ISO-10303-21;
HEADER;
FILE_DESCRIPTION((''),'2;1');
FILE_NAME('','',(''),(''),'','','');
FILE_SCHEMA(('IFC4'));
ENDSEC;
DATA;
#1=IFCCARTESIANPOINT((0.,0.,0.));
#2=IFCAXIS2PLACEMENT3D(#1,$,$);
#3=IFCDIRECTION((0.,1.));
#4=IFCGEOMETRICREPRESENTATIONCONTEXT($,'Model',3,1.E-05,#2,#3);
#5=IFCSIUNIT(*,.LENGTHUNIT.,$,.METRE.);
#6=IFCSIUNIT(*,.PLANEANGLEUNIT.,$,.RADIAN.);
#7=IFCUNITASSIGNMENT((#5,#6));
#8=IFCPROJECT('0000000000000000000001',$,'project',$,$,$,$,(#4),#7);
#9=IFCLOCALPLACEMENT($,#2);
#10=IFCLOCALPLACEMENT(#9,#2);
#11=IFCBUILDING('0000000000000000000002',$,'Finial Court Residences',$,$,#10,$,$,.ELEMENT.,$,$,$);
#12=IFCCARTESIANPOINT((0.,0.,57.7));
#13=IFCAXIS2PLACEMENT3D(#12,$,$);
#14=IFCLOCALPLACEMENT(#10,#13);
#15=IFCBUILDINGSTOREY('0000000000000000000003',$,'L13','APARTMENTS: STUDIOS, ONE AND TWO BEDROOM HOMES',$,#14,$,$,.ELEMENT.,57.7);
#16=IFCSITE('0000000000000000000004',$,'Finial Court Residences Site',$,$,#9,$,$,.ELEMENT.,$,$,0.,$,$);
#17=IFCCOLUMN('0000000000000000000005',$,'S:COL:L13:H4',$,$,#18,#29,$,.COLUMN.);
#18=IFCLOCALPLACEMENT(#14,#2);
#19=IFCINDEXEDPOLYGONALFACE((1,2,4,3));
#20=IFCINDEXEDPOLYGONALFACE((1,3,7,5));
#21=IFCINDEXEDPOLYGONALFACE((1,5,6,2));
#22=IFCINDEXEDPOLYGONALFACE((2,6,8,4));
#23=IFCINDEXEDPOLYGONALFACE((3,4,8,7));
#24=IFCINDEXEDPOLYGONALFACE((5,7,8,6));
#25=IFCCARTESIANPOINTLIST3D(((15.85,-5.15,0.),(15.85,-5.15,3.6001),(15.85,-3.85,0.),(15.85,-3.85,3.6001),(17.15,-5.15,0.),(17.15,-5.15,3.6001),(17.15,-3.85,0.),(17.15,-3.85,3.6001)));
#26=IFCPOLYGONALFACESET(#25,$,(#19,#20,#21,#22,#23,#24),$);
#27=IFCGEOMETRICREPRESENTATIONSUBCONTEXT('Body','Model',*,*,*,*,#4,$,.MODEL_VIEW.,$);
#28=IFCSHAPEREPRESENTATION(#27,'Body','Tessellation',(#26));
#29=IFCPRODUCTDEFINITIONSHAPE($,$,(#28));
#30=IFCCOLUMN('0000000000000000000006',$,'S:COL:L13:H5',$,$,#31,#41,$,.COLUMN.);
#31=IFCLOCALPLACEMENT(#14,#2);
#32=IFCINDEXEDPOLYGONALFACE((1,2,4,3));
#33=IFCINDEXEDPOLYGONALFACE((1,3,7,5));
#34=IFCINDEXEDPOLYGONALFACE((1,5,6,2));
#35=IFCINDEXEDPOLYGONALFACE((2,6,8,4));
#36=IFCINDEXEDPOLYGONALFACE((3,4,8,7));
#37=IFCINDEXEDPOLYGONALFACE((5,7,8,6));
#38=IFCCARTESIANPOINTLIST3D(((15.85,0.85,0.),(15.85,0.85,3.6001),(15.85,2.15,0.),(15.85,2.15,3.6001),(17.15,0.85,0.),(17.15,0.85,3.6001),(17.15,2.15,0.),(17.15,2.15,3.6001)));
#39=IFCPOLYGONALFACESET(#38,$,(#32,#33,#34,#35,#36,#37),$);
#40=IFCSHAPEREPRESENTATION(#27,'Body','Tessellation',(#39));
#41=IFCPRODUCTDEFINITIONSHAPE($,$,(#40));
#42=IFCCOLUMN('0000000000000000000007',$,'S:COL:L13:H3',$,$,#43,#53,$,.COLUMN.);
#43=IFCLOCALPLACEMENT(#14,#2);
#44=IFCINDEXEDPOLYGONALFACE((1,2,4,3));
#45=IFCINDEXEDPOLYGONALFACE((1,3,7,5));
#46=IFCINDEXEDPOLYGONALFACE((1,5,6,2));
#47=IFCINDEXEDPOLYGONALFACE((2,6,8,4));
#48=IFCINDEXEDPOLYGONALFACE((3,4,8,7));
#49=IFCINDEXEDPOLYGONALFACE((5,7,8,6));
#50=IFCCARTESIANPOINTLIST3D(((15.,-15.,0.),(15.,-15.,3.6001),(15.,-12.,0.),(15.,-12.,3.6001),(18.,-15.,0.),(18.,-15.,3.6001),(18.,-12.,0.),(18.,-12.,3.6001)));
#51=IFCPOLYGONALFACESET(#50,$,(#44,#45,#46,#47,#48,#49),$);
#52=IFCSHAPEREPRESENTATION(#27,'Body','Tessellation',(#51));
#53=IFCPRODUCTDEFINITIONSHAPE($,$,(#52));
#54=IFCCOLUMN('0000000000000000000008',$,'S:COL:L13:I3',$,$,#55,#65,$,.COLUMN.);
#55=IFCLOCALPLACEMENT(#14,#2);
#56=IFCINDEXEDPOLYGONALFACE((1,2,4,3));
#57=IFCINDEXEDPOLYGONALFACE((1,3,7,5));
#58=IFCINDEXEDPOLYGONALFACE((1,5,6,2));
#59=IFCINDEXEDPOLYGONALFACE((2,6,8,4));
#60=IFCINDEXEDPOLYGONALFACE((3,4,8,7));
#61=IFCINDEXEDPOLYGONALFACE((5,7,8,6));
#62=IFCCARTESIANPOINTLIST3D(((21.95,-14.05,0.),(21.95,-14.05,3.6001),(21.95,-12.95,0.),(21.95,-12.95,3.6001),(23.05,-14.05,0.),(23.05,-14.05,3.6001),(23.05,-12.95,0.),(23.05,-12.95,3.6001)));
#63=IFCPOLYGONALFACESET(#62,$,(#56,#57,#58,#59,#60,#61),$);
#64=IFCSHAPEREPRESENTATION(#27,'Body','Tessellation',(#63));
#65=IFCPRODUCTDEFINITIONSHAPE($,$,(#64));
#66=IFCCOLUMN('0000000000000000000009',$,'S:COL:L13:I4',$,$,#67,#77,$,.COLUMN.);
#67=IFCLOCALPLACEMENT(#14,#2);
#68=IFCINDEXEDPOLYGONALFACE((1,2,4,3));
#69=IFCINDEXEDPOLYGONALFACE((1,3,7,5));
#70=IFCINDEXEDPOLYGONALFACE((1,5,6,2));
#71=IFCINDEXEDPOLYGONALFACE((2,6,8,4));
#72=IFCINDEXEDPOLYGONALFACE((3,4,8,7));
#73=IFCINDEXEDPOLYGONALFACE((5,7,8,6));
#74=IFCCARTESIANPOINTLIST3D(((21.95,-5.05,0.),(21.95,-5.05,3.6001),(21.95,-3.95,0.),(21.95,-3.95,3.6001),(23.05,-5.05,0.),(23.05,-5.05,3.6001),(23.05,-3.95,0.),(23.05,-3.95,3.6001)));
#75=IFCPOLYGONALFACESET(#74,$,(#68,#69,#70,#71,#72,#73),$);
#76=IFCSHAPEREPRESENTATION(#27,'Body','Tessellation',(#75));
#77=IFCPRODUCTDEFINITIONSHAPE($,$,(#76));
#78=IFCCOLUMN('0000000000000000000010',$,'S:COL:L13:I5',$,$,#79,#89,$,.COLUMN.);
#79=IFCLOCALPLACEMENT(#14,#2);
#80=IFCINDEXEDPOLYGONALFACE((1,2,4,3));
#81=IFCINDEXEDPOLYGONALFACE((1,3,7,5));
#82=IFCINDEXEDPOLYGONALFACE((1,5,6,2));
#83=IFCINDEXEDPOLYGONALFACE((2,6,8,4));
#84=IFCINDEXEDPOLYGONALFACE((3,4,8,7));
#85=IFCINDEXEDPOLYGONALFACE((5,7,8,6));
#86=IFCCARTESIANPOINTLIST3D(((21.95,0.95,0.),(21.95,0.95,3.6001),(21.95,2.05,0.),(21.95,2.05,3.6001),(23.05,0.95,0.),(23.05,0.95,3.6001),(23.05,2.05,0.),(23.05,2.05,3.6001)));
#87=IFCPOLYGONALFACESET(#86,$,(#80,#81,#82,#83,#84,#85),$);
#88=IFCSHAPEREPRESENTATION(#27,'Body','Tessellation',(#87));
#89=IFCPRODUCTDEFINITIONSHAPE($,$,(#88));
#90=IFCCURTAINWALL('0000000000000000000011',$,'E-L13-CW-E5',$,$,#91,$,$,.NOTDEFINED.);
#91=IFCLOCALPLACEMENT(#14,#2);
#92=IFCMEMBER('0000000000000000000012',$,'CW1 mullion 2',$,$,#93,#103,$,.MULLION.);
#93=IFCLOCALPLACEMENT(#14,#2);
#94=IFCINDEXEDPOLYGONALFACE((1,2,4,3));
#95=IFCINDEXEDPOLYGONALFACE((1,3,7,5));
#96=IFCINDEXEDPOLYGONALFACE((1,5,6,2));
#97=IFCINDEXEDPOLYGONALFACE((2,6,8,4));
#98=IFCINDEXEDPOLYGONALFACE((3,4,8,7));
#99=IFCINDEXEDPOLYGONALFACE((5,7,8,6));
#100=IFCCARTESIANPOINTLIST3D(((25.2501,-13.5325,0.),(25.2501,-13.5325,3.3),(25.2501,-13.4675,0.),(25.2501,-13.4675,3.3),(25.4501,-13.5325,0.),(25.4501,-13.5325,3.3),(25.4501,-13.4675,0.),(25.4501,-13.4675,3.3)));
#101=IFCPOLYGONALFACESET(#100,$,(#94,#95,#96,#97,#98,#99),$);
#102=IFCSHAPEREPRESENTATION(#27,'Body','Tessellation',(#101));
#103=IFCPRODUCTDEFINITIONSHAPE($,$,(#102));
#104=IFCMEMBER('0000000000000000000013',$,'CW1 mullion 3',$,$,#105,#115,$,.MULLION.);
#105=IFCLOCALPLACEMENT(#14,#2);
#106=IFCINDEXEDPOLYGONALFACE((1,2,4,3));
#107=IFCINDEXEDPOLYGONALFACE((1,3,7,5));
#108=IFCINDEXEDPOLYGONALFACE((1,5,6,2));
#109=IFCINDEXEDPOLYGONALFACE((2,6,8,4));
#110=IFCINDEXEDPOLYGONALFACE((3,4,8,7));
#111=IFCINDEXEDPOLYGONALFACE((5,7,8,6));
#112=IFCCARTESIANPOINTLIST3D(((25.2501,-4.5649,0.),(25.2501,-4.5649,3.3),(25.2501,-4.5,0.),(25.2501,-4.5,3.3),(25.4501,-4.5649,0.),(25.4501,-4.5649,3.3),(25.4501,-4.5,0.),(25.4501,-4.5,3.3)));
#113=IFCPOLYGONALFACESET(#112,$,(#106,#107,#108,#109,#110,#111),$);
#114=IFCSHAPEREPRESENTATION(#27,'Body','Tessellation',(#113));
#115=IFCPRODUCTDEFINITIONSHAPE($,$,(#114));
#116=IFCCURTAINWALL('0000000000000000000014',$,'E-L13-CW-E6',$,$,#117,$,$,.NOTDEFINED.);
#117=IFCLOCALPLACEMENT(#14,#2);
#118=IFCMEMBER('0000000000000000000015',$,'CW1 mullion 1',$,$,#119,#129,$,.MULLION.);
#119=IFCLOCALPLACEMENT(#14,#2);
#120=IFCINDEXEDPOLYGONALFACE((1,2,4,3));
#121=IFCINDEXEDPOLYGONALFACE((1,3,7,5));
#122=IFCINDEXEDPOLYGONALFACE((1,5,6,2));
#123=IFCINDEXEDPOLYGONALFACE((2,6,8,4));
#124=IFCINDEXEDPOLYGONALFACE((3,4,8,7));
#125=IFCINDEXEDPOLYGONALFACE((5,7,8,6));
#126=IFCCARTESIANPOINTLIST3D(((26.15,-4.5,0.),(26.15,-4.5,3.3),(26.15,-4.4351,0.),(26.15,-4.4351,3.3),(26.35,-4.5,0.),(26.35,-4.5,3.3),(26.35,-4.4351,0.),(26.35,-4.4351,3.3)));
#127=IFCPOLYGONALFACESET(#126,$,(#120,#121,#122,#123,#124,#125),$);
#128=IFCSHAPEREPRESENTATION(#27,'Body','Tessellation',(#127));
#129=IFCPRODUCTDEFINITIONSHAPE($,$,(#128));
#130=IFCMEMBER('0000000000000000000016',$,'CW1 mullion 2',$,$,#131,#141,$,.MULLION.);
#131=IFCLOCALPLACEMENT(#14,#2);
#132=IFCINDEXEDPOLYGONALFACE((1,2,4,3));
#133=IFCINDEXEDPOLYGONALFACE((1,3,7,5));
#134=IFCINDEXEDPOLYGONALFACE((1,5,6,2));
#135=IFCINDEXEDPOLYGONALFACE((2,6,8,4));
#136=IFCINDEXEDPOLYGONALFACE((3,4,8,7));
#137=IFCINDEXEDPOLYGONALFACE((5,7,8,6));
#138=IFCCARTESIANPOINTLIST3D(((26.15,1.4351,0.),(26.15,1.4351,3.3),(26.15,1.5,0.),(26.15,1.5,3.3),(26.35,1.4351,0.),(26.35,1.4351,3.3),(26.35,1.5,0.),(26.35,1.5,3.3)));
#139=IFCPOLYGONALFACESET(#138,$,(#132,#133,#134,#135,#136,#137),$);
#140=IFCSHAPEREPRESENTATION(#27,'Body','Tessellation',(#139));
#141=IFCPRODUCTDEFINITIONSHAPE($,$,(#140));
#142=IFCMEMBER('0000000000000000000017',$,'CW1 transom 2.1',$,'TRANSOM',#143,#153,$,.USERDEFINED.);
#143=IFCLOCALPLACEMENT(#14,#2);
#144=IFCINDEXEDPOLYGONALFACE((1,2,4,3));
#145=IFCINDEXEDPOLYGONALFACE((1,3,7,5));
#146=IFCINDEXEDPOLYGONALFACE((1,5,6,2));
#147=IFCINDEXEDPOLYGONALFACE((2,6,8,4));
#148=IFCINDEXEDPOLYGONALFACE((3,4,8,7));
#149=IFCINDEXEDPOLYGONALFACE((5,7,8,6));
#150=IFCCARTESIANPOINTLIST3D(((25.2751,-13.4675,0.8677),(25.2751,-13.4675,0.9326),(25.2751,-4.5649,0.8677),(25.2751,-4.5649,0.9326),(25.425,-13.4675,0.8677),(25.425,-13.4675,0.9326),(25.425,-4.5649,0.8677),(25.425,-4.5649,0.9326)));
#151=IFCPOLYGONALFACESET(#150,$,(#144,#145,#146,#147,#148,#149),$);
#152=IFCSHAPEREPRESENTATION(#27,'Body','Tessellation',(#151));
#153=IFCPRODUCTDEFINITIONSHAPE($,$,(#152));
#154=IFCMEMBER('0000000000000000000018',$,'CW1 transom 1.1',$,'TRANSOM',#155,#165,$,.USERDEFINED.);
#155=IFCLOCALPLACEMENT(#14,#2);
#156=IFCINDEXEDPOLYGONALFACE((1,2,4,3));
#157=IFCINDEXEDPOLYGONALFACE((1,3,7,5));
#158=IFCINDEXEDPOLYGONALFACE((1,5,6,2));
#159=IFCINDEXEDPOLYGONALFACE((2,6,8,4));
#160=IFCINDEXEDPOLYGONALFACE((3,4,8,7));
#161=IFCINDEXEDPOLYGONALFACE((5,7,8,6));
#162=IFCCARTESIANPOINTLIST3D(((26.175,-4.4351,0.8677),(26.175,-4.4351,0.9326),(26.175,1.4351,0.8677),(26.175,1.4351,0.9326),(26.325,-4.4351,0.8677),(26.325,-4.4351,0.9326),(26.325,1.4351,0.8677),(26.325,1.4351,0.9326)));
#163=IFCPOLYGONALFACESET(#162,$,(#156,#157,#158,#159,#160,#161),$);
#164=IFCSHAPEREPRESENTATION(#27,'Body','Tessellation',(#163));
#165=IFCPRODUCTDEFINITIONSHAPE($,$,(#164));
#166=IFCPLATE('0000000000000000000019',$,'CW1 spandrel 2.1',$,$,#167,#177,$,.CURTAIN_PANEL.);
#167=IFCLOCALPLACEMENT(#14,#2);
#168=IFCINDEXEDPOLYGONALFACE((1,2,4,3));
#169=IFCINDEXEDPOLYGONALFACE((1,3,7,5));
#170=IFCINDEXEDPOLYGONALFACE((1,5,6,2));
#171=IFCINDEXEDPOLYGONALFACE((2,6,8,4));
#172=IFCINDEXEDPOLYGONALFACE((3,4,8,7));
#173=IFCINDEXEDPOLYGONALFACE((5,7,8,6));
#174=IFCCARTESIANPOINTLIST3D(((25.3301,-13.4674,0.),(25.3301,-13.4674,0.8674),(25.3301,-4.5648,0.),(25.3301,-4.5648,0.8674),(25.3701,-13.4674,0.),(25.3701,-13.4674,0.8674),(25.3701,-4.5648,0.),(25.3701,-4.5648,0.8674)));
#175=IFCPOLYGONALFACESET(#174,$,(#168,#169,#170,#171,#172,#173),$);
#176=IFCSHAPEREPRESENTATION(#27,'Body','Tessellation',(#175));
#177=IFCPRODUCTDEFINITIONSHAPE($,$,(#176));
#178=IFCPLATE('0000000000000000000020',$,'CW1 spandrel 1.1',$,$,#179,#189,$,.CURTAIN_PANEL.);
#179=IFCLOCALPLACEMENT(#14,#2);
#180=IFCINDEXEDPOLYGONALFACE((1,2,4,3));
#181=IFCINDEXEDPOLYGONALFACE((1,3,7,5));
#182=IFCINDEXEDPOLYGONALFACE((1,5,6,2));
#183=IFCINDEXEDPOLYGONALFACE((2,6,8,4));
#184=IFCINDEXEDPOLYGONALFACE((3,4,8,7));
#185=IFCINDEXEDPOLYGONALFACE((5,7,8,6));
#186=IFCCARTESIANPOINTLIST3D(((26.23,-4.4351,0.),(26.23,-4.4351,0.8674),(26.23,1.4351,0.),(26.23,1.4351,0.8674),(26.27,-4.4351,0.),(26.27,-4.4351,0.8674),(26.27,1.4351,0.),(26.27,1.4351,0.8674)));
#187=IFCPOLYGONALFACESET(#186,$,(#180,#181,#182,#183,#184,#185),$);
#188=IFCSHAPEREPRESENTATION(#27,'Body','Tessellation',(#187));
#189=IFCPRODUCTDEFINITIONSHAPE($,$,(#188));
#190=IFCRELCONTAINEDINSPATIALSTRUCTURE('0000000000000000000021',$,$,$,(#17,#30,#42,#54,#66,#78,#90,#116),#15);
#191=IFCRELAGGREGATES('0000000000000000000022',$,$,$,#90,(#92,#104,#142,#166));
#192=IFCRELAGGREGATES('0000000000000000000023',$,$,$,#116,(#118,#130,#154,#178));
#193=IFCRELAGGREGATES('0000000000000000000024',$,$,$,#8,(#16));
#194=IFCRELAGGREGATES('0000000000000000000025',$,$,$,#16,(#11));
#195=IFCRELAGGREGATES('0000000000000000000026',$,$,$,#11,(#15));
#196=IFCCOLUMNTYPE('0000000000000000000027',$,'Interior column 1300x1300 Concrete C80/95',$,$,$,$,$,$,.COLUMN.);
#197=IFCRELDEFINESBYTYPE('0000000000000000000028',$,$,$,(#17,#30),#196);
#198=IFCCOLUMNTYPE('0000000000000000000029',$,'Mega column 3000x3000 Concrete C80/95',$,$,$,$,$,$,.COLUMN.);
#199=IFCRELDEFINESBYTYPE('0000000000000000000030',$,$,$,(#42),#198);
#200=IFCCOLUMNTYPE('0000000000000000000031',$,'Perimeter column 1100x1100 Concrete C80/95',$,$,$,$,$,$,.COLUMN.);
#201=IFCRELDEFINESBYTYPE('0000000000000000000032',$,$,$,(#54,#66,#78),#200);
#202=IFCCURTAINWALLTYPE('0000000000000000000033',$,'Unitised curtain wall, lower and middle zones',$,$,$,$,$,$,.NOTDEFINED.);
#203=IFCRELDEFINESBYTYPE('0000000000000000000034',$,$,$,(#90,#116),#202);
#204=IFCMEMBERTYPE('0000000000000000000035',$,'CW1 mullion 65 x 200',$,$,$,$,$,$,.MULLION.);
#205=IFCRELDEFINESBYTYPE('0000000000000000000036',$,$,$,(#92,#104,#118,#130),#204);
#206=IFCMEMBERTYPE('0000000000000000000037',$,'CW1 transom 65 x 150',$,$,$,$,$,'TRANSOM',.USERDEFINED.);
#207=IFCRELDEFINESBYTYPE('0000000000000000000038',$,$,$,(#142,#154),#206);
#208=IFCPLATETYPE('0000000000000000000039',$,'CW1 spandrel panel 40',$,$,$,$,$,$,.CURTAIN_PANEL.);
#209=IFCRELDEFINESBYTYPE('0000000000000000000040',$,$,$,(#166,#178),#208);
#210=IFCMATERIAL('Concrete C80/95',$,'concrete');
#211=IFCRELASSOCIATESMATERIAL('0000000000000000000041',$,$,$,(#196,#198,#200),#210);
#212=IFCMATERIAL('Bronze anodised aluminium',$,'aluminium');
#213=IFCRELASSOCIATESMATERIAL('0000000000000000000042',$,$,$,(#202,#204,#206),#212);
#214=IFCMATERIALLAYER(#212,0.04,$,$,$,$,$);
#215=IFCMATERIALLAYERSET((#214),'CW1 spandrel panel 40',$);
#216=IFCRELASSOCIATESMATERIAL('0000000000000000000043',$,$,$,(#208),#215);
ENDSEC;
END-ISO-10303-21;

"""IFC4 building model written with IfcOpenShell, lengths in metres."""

from ifc_helpers import new_model, si_unit, direction, frame, origin, origin_2d, place, context, subcontext, project, spatial, rectangle, extrude, material, layer, layer_set, material_profile, profile_set, type_object, element, aggregate, save


model = new_model("IFC4")

# Units and contexts
model_context = context("Model", 3, precision=1e-05, world=origin(), true_north=direction((0.0, 1.0)))
body_context = subcontext(model_context, "Body", "Model", "MODEL_VIEW")
ifc_project = project(units=[si_unit("LENGTHUNIT", "METRE"), si_unit("PLANEANGLEUNIT", "RADIAN")], contexts=[model_context])

# Site, building, storey
site_placement = place(None, origin())
site = spatial("IfcSite", under=ifc_project, at=site_placement, Name="Finial Court Residences Site", CompositionType="ELEMENT", RefElevation=0.0)
building_placement = place(site_placement, origin())
building = spatial("IfcBuilding", under=site, at=building_placement, Name="Finial Court Residences", CompositionType="ELEMENT")
storey_placement = place(building_placement, frame((0.0, 0.0, 57.7)))
storey = spatial("IfcBuildingStorey", under=building, at=storey_placement, Name="L13", Description="APARTMENTS: STUDIOS, ONE AND TWO BEDROOM HOMES", CompositionType="ELEMENT", Elevation=57.7)

# Columns
ifc_material_1 = material(Name="Concrete C80/95", Category="concrete")
ifc_material_profile_1 = material_profile(ifc_material_1, rectangle(XDim=1.3, YDim=1.3, at=origin_2d()), Name="1300x1300")
ifc_profile_set_1 = profile_set([ifc_material_profile_1], Name="Concrete C80/95")
column_type_1 = type_object("IfcColumnType", Name="Interior column 1300x1300 Concrete C80/95", PredefinedType="COLUMN", material=ifc_profile_set_1)
for number, where, z_axis, x_axis, name in (
    (1, (16.5, -4.5, 0.0), (0.0, 0.0, 1.0), (1.0, 0.0, 0.0), "S:COL:L13:H4"),
    (2, (16.5, 1.5, 0.0), (0.0, 0.0, 1.0), (1.0, 0.0, 0.0), "S:COL:L13:H5"),
):
    element("IfcColumn", number, at=place(storey_placement, frame(where, z_axis=z_axis, x_axis=x_axis)), inside=storey, type_object=column_type_1, Name=name, PredefinedType="COLUMN", context=body_context, shape_type="SweptSolid", body=[
        extrude(rectangle(XDim=1.3, YDim=1.3, at=origin_2d()), origin(), (0.0, 0.0, 1.0), 3.6001),
    ])
ifc_material_profile_2 = material_profile(ifc_material_1, rectangle(XDim=3.0, YDim=3.0, at=origin_2d()), Name="3000x3000")
ifc_profile_set_2 = profile_set([ifc_material_profile_2], Name="Concrete C80/95")
column_type_2 = type_object("IfcColumnType", Name="Mega column 3000x3000 Concrete C80/95", PredefinedType="COLUMN", material=ifc_profile_set_2)
column_placement = place(storey_placement, frame((16.5, -13.5, 0.0), z_axis=(0.0, 0.0, 1.0), x_axis=(1.0, 0.0, 0.0)))
element("IfcColumn", 3, at=column_placement, inside=storey, type_object=column_type_2, Name="S:COL:L13:H3", PredefinedType="COLUMN", context=body_context, shape_type="SweptSolid", body=[
    extrude(rectangle(XDim=3.0, YDim=3.0, at=origin_2d()), origin(), (0.0, 0.0, 1.0), 3.6001),
])
ifc_material_profile_3 = material_profile(ifc_material_1, rectangle(XDim=1.1001, YDim=1.1001, at=origin_2d()), Name="1100x1100")
ifc_profile_set_3 = profile_set([ifc_material_profile_3], Name="Concrete C80/95")
column_type_3 = type_object("IfcColumnType", Name="Perimeter column 1100x1100 Concrete C80/95", PredefinedType="COLUMN", material=ifc_profile_set_3)
for number, where, z_axis, x_axis, name in (
    (4, (22.5, -13.5, 0.0), (0.0, 0.0, 1.0), (1.0, 0.0, 0.0), "S:COL:L13:I3"),
    (5, (22.5, -4.5, 0.0), (0.0, 0.0, 1.0), (1.0, 0.0, 0.0), "S:COL:L13:I4"),
    (6, (22.5, 1.5, 0.0), (0.0, 0.0, 1.0), (1.0, 0.0, 0.0), "S:COL:L13:I5"),
):
    element("IfcColumn", number, at=place(storey_placement, frame(where, z_axis=z_axis, x_axis=x_axis)), inside=storey, type_object=column_type_3, Name=name, PredefinedType="COLUMN", context=body_context, shape_type="SweptSolid", body=[
        extrude(rectangle(XDim=1.1001, YDim=1.1001, at=origin_2d()), origin(), (0.0, 0.0, 1.0), 3.6001),
    ])

# Curtain walls, members
ifc_material_2 = material(Name="Bronze anodised aluminium", Category="aluminium")
curtain_wall_type = type_object("IfcCurtainWallType", Name="Unitised curtain wall, lower and middle zones", PredefinedType="NOTDEFINED", material=ifc_material_2)
curtain_wall_1_placement = place(storey_placement, origin())
curtain_wall_1 = element("IfcCurtainWall", 7, at=curtain_wall_1_placement, inside=storey, type_object=curtain_wall_type, Name="E-L13-CW-E5", PredefinedType="NOTDEFINED")
ifc_material_profile_4 = material_profile(ifc_material_2, rectangle(XDim=0.2, YDim=0.0649, at=origin_2d()), Name="CW1 mullion 65 x 200")
ifc_profile_set_4 = profile_set([ifc_material_profile_4], Name="Bronze anodised aluminium")
member_type_1 = type_object("IfcMemberType", Name="CW1 mullion 65 x 200", PredefinedType="MULLION", material=ifc_profile_set_4)
member_1_placement = place(storey_placement, frame((25.3501, -13.5, 0.0), z_axis=(0.0, 0.0, 1.0), x_axis=(-1.0, 0.0, 0.0)))
member_1 = element("IfcMember", 8, at=member_1_placement, type_object=member_type_1, Name="CW1 mullion 2", PredefinedType="MULLION", context=body_context, shape_type="SweptSolid", body=[
    extrude(rectangle(XDim=0.2, YDim=0.0649, at=origin_2d()), origin(), (0.0, 0.0, 1.0), 3.3),
])
member_2_placement = place(storey_placement, frame((25.3501, -4.5325, 0.0), z_axis=(0.0, 0.0, 1.0), x_axis=(-1.0, 0.0, 0.0)))
member_2 = element("IfcMember", 9, at=member_2_placement, type_object=member_type_1, Name="CW1 mullion 3", PredefinedType="MULLION", context=body_context, shape_type="SweptSolid", body=[
    extrude(rectangle(XDim=0.2, YDim=0.0649, at=origin_2d()), origin(), (0.0, 0.0, 1.0), 3.3),
])
curtain_wall_2_placement = place(storey_placement, origin())
curtain_wall_2 = element("IfcCurtainWall", 10, at=curtain_wall_2_placement, inside=storey, type_object=curtain_wall_type, Name="E-L13-CW-E6", PredefinedType="NOTDEFINED")
member_3_placement = place(storey_placement, frame((26.25, -4.4675, 0.0), z_axis=(0.0, 0.0, 1.0), x_axis=(-1.0, 0.0, 0.0)))
member_3 = element("IfcMember", 11, at=member_3_placement, type_object=member_type_1, Name="CW1 mullion 1", PredefinedType="MULLION", context=body_context, shape_type="SweptSolid", body=[
    extrude(rectangle(XDim=0.2, YDim=0.0649, at=origin_2d()), origin(), (0.0, 0.0, 1.0), 3.3),
])
member_4_placement = place(storey_placement, frame((26.25, 1.4675, 0.0), z_axis=(0.0, 0.0, 1.0), x_axis=(-1.0, 0.0, 0.0)))
member_4 = element("IfcMember", 12, at=member_4_placement, type_object=member_type_1, Name="CW1 mullion 2", PredefinedType="MULLION", context=body_context, shape_type="SweptSolid", body=[
    extrude(rectangle(XDim=0.2, YDim=0.0649, at=origin_2d()), origin(), (0.0, 0.0, 1.0), 3.3),
])

# Members
ifc_material_profile_5 = material_profile(ifc_material_2, rectangle(XDim=0.1499, YDim=0.0649, at=origin_2d()), Name="CW1 transom 65 x 150")
ifc_profile_set_5 = profile_set([ifc_material_profile_5], Name="Bronze anodised aluminium")
member_type_2 = type_object("IfcMemberType", Name="CW1 transom 65 x 150", ElementType="TRANSOM", PredefinedType="USERDEFINED", material=ifc_profile_set_5)
member_5_placement = place(storey_placement, frame((25.3501, -13.4675, 0.9001), z_axis=(0.0, 1.0, 0.0), x_axis=(-1.0, 0.0, 0.0)))
member_5 = element("IfcMember", 13, at=member_5_placement, type_object=member_type_2, Name="CW1 transom 2.1", ObjectType="TRANSOM", PredefinedType="USERDEFINED", context=body_context, shape_type="SweptSolid", body=[
    extrude(rectangle(XDim=0.1499, YDim=0.0649, at=origin_2d()), origin(), (0.0, 0.0, 1.0), 8.9026),
])
member_6_placement = place(storey_placement, frame((26.25, -4.4351, 0.9001), z_axis=(0.0, 1.0, 0.0), x_axis=(-1.0, 0.0, 0.0)))
member_6 = element("IfcMember", 14, at=member_6_placement, type_object=member_type_2, Name="CW1 transom 1.1", ObjectType="TRANSOM", PredefinedType="USERDEFINED", context=body_context, shape_type="SweptSolid", body=[
    extrude(rectangle(XDim=0.1499, YDim=0.0649, at=origin_2d()), origin(), (0.0, 0.0, 1.0), 5.8701),
])

# Plates
ifc_layer_1 = layer(ifc_material_2, 0.04)
ifc_layer_set_1 = layer_set([ifc_layer_1], Name="CW1 spandrel panel 40")
plate_type_1 = type_object("IfcPlateType", Name="CW1 spandrel panel 40", PredefinedType="CURTAIN_PANEL", material=ifc_layer_set_1)
plate_1_placement = place(storey_placement, frame((25.3501, -9.0161, 0.0), z_axis=(0.0, 0.0, 1.0), x_axis=(0.0, 1.0, 0.0)))
plate_1 = element("IfcPlate", 15, at=plate_1_placement, type_object=plate_type_1, Name="CW1 spandrel 2.1", PredefinedType="CURTAIN_PANEL", context=body_context, shape_type="SweptSolid", body=[
    extrude(rectangle(XDim=8.9026, YDim=0.04, at=origin_2d()), origin(), (0.0, 0.0, 1.0), 0.8674),
])
plate_2_placement = place(storey_placement, frame((26.25, -1.5, 0.0), z_axis=(0.0, 0.0, 1.0), x_axis=(0.0, 1.0, 0.0)))
plate_2 = element("IfcPlate", 16, at=plate_2_placement, type_object=plate_type_1, Name="CW1 spandrel 1.1", PredefinedType="CURTAIN_PANEL", context=body_context, shape_type="SweptSolid", body=[
    extrude(rectangle(XDim=5.8701, YDim=0.04, at=origin_2d()), origin(), (0.0, 0.0, 1.0), 0.8674),
])
aggregate(curtain_wall_1, [member_1, member_2, member_5, plate_1])
aggregate(curtain_wall_2, [member_3, member_4, member_6, plate_2])

save(model, "model.ifc")
